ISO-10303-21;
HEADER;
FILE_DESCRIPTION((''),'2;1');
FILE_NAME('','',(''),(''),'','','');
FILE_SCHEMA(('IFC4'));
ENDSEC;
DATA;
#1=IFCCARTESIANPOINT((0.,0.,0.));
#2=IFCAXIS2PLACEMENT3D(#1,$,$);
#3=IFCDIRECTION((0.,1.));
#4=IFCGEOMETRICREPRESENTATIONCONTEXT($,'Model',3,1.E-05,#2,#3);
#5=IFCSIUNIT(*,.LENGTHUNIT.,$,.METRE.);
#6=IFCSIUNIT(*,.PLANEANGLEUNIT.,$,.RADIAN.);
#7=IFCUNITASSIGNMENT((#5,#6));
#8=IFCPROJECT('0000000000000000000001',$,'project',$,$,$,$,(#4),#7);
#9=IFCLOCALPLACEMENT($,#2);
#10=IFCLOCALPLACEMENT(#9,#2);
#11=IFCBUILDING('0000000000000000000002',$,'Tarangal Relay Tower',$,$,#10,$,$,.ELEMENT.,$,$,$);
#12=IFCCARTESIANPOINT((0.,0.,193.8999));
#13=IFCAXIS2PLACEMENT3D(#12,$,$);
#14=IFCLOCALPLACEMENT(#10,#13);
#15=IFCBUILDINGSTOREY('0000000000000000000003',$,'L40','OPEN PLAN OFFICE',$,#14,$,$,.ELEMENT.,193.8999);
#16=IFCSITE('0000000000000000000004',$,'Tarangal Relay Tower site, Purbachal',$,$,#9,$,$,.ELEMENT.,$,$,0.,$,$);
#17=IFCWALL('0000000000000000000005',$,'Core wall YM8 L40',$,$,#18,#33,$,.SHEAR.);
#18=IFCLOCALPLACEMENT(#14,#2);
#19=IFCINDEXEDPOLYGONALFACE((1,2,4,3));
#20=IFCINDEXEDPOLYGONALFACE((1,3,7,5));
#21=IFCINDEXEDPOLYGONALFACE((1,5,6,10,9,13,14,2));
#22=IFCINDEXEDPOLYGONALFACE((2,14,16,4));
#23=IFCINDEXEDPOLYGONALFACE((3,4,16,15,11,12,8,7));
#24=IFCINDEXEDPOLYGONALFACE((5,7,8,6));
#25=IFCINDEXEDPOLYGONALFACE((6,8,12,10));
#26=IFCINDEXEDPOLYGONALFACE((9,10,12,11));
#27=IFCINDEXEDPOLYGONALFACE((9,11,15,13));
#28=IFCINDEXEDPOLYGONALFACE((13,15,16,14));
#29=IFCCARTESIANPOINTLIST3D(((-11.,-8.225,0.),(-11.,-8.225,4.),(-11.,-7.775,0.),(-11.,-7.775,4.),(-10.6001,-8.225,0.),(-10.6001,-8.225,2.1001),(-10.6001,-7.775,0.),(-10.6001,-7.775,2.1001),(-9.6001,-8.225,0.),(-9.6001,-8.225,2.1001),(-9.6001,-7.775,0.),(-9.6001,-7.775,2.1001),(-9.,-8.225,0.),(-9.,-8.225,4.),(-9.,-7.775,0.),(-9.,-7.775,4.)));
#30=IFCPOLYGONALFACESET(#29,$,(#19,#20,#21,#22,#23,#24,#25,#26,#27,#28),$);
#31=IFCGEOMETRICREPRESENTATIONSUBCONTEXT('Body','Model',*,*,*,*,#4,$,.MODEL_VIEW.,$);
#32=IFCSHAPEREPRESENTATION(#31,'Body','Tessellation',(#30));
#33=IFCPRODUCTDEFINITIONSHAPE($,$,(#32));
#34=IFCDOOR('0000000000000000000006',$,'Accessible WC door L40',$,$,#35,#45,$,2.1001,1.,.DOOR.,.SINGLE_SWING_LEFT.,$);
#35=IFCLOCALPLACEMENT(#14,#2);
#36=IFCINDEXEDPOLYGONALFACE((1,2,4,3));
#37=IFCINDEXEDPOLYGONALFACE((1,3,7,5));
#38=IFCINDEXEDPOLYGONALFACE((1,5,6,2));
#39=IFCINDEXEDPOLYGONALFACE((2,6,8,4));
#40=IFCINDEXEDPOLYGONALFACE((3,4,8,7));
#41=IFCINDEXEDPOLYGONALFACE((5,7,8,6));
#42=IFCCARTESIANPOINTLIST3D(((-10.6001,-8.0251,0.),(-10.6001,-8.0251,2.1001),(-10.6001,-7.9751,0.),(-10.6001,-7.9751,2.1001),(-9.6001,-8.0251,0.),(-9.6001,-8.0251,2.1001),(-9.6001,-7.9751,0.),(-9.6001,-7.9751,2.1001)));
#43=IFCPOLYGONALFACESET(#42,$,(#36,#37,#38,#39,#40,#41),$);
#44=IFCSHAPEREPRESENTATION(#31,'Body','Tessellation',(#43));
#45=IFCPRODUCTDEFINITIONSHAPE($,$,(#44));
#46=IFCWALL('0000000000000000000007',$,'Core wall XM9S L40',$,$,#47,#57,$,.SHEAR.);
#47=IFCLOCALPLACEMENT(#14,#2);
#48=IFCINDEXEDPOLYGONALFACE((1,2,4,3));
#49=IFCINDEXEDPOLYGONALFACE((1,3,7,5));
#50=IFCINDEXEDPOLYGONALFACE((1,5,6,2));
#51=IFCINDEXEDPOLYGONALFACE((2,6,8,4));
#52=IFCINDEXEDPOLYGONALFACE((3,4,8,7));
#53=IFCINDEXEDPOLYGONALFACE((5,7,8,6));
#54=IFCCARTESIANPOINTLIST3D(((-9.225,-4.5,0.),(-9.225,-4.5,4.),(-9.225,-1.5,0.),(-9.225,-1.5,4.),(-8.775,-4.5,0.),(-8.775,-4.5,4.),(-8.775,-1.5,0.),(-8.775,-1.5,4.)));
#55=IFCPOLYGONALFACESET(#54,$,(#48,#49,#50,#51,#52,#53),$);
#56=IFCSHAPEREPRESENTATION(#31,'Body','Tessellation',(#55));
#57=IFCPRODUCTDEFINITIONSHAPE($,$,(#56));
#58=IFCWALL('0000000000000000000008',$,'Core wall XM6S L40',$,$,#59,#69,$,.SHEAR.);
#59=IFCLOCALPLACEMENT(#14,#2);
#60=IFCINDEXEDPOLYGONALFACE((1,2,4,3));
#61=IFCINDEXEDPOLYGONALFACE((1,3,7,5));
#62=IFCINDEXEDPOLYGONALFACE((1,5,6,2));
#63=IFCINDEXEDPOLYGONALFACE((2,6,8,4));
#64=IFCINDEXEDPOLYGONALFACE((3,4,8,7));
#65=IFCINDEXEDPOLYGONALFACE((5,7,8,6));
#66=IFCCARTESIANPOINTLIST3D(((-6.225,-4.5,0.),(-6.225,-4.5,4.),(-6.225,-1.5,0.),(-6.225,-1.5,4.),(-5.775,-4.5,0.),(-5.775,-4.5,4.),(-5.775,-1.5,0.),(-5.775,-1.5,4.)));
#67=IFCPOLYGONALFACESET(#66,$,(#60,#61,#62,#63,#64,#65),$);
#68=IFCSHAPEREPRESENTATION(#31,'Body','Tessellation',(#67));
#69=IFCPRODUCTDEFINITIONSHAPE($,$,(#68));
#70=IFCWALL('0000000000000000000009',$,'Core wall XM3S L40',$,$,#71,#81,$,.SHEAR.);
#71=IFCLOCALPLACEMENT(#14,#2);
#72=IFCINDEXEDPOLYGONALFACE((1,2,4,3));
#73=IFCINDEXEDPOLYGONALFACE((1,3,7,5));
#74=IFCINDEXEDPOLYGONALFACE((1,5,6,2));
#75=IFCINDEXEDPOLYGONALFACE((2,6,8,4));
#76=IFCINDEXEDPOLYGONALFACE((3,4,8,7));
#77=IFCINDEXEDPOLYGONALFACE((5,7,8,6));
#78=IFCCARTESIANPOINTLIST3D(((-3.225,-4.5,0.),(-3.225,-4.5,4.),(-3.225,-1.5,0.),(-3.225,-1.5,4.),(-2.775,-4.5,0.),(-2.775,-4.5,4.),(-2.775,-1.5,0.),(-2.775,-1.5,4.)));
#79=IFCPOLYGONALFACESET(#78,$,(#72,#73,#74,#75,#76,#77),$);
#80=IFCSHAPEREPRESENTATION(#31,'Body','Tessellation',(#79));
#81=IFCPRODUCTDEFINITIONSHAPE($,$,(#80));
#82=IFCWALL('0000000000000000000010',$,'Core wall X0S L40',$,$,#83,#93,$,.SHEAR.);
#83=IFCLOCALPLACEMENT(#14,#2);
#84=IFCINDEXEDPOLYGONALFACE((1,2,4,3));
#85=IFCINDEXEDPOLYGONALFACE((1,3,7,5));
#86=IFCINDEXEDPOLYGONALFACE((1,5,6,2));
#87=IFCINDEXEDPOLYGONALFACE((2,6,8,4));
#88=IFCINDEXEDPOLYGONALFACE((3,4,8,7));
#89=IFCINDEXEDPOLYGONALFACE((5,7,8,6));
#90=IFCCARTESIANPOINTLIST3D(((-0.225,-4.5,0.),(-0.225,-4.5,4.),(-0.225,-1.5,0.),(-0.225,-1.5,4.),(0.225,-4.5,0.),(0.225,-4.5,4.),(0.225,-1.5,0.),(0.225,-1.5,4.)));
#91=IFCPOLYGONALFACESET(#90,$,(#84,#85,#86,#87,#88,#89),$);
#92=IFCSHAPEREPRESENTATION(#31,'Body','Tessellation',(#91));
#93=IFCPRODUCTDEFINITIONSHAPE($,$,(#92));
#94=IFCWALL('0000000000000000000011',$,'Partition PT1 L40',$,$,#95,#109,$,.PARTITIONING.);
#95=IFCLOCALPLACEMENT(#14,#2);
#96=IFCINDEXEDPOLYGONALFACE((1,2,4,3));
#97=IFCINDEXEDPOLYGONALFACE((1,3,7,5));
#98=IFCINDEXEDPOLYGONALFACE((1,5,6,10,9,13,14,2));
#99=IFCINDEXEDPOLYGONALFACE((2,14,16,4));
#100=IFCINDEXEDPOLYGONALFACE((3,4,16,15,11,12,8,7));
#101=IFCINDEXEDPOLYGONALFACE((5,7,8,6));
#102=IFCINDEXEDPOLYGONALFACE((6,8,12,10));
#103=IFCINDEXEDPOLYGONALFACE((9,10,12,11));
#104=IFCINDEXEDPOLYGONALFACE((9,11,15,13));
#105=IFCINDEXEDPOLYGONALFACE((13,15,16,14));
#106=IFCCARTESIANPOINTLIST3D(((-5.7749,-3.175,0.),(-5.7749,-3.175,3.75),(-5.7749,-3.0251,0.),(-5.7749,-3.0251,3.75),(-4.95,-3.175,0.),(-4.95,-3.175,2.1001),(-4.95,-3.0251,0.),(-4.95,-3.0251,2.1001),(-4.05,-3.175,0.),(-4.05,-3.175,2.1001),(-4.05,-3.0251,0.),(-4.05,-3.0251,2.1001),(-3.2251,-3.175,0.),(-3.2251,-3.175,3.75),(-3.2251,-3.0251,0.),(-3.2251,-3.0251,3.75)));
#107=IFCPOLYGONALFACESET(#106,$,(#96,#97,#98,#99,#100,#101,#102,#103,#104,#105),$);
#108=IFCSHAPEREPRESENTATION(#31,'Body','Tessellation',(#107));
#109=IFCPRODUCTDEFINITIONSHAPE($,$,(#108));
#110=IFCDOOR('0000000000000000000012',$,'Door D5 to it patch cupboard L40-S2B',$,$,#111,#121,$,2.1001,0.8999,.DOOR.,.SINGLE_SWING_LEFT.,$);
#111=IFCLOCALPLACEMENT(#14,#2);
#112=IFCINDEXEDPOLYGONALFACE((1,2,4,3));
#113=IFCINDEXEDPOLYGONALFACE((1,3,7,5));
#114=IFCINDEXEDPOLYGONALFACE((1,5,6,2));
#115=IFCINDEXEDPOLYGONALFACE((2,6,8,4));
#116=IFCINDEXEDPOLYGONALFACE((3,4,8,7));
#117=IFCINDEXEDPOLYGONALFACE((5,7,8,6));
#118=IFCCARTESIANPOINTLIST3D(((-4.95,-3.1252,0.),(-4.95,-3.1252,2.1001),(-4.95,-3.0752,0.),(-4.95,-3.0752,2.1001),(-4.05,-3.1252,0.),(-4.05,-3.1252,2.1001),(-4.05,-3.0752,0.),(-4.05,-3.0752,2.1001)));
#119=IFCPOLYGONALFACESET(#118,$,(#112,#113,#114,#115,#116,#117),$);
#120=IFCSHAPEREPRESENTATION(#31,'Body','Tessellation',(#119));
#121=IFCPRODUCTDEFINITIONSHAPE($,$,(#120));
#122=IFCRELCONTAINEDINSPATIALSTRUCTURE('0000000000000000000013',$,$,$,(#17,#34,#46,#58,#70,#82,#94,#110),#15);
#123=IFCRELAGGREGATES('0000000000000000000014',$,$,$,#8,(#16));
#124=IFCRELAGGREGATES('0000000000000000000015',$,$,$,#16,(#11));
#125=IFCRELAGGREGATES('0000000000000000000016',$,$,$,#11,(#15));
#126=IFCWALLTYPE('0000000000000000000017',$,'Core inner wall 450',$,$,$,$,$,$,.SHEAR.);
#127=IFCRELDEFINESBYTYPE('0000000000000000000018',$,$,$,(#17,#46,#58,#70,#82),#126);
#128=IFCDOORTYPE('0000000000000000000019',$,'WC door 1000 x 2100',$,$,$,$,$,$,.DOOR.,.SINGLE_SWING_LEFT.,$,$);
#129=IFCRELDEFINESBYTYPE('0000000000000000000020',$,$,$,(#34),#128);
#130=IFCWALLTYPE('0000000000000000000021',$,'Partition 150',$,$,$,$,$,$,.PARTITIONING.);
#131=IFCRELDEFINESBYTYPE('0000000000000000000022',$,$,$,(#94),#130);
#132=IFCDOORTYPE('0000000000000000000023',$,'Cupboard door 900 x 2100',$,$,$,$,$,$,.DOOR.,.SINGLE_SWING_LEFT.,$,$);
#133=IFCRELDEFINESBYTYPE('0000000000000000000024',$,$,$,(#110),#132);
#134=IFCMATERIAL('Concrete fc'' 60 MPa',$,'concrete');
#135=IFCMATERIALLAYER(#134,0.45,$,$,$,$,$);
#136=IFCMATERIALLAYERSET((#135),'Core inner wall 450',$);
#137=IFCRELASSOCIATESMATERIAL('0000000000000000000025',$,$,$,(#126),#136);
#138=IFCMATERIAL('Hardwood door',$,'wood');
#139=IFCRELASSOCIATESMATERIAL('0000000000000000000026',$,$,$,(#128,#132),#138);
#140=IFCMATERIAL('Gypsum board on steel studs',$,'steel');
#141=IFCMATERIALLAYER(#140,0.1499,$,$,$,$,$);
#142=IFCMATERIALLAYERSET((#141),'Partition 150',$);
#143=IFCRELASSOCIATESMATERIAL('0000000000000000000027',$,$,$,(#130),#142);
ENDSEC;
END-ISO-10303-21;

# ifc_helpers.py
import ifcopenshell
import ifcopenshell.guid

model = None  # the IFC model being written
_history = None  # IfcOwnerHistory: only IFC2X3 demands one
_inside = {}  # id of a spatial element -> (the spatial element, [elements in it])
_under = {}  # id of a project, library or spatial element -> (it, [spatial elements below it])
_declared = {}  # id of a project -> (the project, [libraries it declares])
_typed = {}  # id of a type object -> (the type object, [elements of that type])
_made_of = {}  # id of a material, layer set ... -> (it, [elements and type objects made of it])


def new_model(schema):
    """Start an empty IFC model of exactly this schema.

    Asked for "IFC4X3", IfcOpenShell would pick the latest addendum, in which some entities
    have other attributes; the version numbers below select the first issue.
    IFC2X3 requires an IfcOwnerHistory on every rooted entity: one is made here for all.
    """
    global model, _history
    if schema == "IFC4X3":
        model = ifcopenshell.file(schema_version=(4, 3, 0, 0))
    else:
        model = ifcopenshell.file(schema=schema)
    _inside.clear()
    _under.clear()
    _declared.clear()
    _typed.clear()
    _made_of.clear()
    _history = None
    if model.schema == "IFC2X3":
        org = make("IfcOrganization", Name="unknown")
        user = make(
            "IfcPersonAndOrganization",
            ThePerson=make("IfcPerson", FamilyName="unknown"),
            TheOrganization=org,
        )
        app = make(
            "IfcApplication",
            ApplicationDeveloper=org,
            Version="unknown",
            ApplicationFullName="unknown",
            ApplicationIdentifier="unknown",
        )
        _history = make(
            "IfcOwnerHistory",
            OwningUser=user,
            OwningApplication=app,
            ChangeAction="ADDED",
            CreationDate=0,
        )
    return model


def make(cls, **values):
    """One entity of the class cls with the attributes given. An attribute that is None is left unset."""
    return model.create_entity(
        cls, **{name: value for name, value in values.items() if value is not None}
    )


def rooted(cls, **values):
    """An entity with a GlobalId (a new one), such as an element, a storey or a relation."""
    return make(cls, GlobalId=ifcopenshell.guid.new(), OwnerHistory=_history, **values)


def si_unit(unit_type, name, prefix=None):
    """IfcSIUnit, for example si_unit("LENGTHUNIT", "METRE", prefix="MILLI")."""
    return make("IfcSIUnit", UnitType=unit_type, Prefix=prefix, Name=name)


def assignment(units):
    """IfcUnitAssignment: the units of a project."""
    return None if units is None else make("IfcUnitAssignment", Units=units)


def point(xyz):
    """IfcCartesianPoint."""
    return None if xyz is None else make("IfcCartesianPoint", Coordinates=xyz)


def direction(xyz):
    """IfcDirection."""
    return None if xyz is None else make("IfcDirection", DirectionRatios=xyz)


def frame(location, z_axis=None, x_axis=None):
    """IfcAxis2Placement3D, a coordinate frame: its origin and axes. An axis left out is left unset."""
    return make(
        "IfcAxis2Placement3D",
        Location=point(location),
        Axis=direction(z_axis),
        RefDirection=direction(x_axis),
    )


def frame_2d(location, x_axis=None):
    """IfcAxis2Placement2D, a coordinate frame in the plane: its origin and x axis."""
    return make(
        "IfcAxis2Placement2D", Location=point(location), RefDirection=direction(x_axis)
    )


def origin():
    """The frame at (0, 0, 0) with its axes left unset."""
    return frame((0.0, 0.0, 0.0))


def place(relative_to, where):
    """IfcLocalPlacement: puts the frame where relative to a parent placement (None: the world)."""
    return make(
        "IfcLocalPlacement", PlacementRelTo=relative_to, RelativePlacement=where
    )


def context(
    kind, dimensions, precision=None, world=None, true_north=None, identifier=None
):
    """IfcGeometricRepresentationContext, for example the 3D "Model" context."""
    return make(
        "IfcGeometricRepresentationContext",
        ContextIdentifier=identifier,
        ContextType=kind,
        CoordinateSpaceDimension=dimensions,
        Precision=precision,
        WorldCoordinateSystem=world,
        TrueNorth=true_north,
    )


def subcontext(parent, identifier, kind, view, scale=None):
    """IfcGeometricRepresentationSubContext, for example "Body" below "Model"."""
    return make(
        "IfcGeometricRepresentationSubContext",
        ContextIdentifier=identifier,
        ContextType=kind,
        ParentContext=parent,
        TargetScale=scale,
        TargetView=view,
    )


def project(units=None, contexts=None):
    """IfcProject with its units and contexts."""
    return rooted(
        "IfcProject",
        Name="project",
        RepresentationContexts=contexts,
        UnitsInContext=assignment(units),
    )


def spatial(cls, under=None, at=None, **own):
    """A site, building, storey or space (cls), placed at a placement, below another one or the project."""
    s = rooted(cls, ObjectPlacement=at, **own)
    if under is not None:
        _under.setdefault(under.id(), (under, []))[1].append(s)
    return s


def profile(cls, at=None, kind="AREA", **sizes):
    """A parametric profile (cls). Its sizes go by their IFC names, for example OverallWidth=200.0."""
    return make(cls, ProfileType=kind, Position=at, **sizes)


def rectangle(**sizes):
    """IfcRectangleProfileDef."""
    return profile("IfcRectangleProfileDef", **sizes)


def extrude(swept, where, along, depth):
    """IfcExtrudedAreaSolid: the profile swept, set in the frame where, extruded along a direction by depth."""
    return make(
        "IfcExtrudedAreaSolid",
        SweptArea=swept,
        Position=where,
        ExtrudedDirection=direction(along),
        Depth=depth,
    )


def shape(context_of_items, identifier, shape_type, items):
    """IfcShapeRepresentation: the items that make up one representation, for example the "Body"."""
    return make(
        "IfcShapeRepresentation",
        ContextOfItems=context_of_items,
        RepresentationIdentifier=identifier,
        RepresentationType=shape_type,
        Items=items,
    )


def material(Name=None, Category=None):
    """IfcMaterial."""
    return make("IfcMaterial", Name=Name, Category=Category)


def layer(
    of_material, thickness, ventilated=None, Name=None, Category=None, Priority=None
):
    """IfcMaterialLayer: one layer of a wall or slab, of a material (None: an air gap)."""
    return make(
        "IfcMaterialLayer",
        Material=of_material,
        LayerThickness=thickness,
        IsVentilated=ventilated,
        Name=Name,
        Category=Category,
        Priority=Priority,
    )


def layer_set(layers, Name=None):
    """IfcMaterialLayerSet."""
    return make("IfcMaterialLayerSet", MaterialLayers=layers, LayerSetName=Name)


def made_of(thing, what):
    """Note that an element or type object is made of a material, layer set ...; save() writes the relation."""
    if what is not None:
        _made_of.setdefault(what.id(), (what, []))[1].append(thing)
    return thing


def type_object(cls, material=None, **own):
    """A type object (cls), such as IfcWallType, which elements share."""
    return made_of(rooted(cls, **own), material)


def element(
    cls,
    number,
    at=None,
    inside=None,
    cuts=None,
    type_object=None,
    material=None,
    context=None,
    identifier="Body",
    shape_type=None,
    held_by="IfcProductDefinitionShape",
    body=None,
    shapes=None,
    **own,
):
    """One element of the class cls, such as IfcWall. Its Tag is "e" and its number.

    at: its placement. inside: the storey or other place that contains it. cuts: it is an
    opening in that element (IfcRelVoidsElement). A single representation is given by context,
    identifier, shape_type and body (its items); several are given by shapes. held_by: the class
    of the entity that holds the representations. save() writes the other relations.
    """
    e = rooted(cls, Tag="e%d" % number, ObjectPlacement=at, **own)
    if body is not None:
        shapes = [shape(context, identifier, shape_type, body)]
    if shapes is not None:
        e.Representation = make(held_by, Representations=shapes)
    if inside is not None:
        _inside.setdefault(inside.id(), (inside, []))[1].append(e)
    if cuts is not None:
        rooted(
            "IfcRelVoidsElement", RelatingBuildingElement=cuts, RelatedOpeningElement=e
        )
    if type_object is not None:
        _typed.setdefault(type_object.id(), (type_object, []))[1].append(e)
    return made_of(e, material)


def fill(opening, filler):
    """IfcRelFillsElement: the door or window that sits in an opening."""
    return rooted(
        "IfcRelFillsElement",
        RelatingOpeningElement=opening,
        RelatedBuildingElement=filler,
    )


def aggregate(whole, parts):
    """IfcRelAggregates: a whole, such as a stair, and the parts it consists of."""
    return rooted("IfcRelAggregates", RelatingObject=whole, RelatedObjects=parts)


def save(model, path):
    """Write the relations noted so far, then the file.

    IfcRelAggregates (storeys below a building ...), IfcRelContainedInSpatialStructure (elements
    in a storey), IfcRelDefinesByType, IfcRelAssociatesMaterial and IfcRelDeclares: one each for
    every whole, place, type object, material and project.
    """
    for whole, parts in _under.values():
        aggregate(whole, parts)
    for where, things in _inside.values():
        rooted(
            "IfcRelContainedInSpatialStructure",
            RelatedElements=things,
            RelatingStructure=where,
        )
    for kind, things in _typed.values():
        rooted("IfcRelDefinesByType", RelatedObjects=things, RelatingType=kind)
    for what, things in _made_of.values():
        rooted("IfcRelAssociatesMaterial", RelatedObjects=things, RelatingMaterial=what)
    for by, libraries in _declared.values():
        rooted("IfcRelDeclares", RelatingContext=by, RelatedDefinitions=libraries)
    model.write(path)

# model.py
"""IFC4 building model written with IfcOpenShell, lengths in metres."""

from ifc_helpers import new_model, si_unit, direction, frame, frame_2d, origin, place, context, subcontext, project, spatial, rectangle, extrude, material, layer, layer_set, type_object, element, fill, save


model = new_model("IFC4")

# Units and contexts
model_context = context("Model", 3, precision=1e-05, world=origin(), true_north=direction((0.0, 1.0)))
body_context = subcontext(model_context, "Body", "Model", "MODEL_VIEW")
ifc_project = project(units=[si_unit("LENGTHUNIT", "METRE"), si_unit("PLANEANGLEUNIT", "RADIAN")], contexts=[model_context])

# Site, building, storey
site_placement = place(None, origin())
site = spatial("IfcSite", under=ifc_project, at=site_placement, Name="Tarangal Relay Tower site, Purbachal", CompositionType="ELEMENT", RefElevation=0.0)
building_placement = place(site_placement, origin())
building = spatial("IfcBuilding", under=site, at=building_placement, Name="Tarangal Relay Tower", CompositionType="ELEMENT")
storey_placement = place(building_placement, frame((0.0, 0.0, 193.8999)))
storey = spatial("IfcBuildingStorey", under=building, at=storey_placement, Name="L40", Description="OPEN PLAN OFFICE", CompositionType="ELEMENT", Elevation=193.8999)

# Shared definitions
ifc_material_1 = material(Name="Concrete fc' 60 MPa", Category="concrete")
ifc_layer_1 = layer(ifc_material_1, 0.45)
ifc_layer_set_1 = layer_set([ifc_layer_1], Name="Core inner wall 450")
wall_type_1 = type_object("IfcWallType", Name="Core inner wall 450", PredefinedType="SHEAR", material=ifc_layer_set_1)

# Wall, opening, door
wall_1_placement = place(storey_placement, frame((-11.0, -8.0, 0.0), z_axis=(0.0, 0.0, 1.0), x_axis=(1.0, 0.0, 0.0)))
wall_1 = element("IfcWall", 1, at=wall_1_placement, inside=storey, type_object=wall_type_1, Name="Core wall YM8 L40", PredefinedType="SHEAR", context=body_context, shape_type="SweptSolid", body=[
    extrude(rectangle(XDim=2.0, YDim=0.45, at=frame_2d((1.0, 0.0))), origin(), (0.0, 0.0, 1.0), 4.0),
])
opening_1_placement = place(wall_1_placement, frame((0.3999, 0.0, 0.0)))
opening_1 = element("IfcOpeningElement", 2, at=opening_1_placement, cuts=wall_1, PredefinedType="OPENING", context=body_context, shape_type="SweptSolid", body=[
    extrude(rectangle(XDim=1.0, YDim=2.1001, at=frame_2d((0.5, 1.05))), frame((0.0, 0.2349, 0.0), z_axis=(0.0, -1.0, 0.0), x_axis=(1.0, 0.0, 0.0)), (0.0, 0.0, 1.0), 0.47),
])
ifc_material_2 = material(Name="Hardwood door", Category="wood")
door_type_1 = type_object("IfcDoorType", Name="WC door 1000 x 2100", OperationType="SINGLE_SWING_LEFT", PredefinedType="DOOR", material=ifc_material_2)
door_1_placement = place(opening_1_placement, origin())
door_1 = element("IfcDoor", 3, at=door_1_placement, inside=storey, type_object=door_type_1, Name="Accessible WC door L40", OperationType="SINGLE_SWING_LEFT", OverallHeight=2.1001, OverallWidth=1.0, PredefinedType="DOOR", context=body_context, shape_type="SweptSolid", body=[
    extrude(rectangle(XDim=1.0, YDim=2.1001, at=frame_2d((0.5, 1.05))), frame((0.0, 0.0249, 0.0), z_axis=(0.0, -1.0, 0.0), x_axis=(1.0, 0.0, 0.0)), (0.0, 0.0, 1.0), 0.05),
])
fill(opening_1, door_1)

# Walls
for number, where, z_axis, x_axis, name in (
    (4, (-9.0, -4.5, 0.0), (0.0, 0.0, 1.0), (0.0, 1.0, 0.0), "Core wall XM9S L40"),
    (5, (-6.0, -4.5, 0.0), (0.0, 0.0, 1.0), (0.0, 1.0, 0.0), "Core wall XM6S L40"),
    (6, (-3.0, -4.5, 0.0), (0.0, 0.0, 1.0), (0.0, 1.0, 0.0), "Core wall XM3S L40"),
    (7, (0.0, -4.5, 0.0), (0.0, 0.0, 1.0), (0.0, 1.0, 0.0), "Core wall X0S L40"),
):
    element("IfcWall", number, at=place(storey_placement, frame(where, z_axis=z_axis, x_axis=x_axis)), inside=storey, type_object=wall_type_1, Name=name, PredefinedType="SHEAR", context=body_context, shape_type="SweptSolid", body=[
        extrude(rectangle(XDim=3.0, YDim=0.45, at=frame_2d((1.5, 0.0))), origin(), (0.0, 0.0, 1.0), 4.0),
    ])

# Wall, opening, door
ifc_material_3 = material(Name="Gypsum board on steel studs", Category="steel")
ifc_layer_2 = layer(ifc_material_3, 0.1499)
ifc_layer_set_2 = layer_set([ifc_layer_2], Name="Partition 150")
wall_type_2 = type_object("IfcWallType", Name="Partition 150", PredefinedType="PARTITIONING", material=ifc_layer_set_2)
wall_2_placement = place(storey_placement, frame((-5.7749, -3.1001, 0.0), z_axis=(0.0, 0.0, 1.0), x_axis=(1.0, 0.0, 0.0)))
wall_2 = element("IfcWall", 8, at=wall_2_placement, inside=storey, type_object=wall_type_2, Name="Partition PT1 L40", PredefinedType="PARTITIONING", context=body_context, shape_type="SweptSolid", body=[
    extrude(rectangle(XDim=2.5498, YDim=0.1499, at=frame_2d((1.2749, 0.0))), origin(), (0.0, 0.0, 1.0), 3.75),
])
opening_2_placement = place(wall_2_placement, frame((0.825, 0.0, 0.0)))
opening_2 = element("IfcOpeningElement", 9, at=opening_2_placement, cuts=wall_2, PredefinedType="OPENING", context=body_context, shape_type="SweptSolid", body=[
    extrude(rectangle(XDim=0.8999, YDim=2.1001, at=frame_2d((0.45, 1.05))), frame((0.0, 0.085, 0.0), z_axis=(0.0, -1.0, 0.0), x_axis=(1.0, 0.0, 0.0)), (0.0, 0.0, 1.0), 0.1699),
])
door_type_2 = type_object("IfcDoorType", Name="Cupboard door 900 x 2100", OperationType="SINGLE_SWING_LEFT", PredefinedType="DOOR", material=ifc_material_2)
door_2_placement = place(opening_2_placement, origin())
door_2 = element("IfcDoor", 10, at=door_2_placement, inside=storey, type_object=door_type_2, Name="Door D5 to it patch cupboard L40-S2B", OperationType="SINGLE_SWING_LEFT", OverallHeight=2.1001, OverallWidth=0.8999, PredefinedType="DOOR", context=body_context, shape_type="SweptSolid", body=[
    extrude(rectangle(XDim=0.8999, YDim=2.1001, at=frame_2d((0.45, 1.05))), frame((0.0, 0.0249, 0.0), z_axis=(0.0, -1.0, 0.0), x_axis=(1.0, 0.0, 0.0)), (0.0, 0.0, 1.0), 0.05),
])
fill(opening_2, door_2)

save(model, "model.ifc")
